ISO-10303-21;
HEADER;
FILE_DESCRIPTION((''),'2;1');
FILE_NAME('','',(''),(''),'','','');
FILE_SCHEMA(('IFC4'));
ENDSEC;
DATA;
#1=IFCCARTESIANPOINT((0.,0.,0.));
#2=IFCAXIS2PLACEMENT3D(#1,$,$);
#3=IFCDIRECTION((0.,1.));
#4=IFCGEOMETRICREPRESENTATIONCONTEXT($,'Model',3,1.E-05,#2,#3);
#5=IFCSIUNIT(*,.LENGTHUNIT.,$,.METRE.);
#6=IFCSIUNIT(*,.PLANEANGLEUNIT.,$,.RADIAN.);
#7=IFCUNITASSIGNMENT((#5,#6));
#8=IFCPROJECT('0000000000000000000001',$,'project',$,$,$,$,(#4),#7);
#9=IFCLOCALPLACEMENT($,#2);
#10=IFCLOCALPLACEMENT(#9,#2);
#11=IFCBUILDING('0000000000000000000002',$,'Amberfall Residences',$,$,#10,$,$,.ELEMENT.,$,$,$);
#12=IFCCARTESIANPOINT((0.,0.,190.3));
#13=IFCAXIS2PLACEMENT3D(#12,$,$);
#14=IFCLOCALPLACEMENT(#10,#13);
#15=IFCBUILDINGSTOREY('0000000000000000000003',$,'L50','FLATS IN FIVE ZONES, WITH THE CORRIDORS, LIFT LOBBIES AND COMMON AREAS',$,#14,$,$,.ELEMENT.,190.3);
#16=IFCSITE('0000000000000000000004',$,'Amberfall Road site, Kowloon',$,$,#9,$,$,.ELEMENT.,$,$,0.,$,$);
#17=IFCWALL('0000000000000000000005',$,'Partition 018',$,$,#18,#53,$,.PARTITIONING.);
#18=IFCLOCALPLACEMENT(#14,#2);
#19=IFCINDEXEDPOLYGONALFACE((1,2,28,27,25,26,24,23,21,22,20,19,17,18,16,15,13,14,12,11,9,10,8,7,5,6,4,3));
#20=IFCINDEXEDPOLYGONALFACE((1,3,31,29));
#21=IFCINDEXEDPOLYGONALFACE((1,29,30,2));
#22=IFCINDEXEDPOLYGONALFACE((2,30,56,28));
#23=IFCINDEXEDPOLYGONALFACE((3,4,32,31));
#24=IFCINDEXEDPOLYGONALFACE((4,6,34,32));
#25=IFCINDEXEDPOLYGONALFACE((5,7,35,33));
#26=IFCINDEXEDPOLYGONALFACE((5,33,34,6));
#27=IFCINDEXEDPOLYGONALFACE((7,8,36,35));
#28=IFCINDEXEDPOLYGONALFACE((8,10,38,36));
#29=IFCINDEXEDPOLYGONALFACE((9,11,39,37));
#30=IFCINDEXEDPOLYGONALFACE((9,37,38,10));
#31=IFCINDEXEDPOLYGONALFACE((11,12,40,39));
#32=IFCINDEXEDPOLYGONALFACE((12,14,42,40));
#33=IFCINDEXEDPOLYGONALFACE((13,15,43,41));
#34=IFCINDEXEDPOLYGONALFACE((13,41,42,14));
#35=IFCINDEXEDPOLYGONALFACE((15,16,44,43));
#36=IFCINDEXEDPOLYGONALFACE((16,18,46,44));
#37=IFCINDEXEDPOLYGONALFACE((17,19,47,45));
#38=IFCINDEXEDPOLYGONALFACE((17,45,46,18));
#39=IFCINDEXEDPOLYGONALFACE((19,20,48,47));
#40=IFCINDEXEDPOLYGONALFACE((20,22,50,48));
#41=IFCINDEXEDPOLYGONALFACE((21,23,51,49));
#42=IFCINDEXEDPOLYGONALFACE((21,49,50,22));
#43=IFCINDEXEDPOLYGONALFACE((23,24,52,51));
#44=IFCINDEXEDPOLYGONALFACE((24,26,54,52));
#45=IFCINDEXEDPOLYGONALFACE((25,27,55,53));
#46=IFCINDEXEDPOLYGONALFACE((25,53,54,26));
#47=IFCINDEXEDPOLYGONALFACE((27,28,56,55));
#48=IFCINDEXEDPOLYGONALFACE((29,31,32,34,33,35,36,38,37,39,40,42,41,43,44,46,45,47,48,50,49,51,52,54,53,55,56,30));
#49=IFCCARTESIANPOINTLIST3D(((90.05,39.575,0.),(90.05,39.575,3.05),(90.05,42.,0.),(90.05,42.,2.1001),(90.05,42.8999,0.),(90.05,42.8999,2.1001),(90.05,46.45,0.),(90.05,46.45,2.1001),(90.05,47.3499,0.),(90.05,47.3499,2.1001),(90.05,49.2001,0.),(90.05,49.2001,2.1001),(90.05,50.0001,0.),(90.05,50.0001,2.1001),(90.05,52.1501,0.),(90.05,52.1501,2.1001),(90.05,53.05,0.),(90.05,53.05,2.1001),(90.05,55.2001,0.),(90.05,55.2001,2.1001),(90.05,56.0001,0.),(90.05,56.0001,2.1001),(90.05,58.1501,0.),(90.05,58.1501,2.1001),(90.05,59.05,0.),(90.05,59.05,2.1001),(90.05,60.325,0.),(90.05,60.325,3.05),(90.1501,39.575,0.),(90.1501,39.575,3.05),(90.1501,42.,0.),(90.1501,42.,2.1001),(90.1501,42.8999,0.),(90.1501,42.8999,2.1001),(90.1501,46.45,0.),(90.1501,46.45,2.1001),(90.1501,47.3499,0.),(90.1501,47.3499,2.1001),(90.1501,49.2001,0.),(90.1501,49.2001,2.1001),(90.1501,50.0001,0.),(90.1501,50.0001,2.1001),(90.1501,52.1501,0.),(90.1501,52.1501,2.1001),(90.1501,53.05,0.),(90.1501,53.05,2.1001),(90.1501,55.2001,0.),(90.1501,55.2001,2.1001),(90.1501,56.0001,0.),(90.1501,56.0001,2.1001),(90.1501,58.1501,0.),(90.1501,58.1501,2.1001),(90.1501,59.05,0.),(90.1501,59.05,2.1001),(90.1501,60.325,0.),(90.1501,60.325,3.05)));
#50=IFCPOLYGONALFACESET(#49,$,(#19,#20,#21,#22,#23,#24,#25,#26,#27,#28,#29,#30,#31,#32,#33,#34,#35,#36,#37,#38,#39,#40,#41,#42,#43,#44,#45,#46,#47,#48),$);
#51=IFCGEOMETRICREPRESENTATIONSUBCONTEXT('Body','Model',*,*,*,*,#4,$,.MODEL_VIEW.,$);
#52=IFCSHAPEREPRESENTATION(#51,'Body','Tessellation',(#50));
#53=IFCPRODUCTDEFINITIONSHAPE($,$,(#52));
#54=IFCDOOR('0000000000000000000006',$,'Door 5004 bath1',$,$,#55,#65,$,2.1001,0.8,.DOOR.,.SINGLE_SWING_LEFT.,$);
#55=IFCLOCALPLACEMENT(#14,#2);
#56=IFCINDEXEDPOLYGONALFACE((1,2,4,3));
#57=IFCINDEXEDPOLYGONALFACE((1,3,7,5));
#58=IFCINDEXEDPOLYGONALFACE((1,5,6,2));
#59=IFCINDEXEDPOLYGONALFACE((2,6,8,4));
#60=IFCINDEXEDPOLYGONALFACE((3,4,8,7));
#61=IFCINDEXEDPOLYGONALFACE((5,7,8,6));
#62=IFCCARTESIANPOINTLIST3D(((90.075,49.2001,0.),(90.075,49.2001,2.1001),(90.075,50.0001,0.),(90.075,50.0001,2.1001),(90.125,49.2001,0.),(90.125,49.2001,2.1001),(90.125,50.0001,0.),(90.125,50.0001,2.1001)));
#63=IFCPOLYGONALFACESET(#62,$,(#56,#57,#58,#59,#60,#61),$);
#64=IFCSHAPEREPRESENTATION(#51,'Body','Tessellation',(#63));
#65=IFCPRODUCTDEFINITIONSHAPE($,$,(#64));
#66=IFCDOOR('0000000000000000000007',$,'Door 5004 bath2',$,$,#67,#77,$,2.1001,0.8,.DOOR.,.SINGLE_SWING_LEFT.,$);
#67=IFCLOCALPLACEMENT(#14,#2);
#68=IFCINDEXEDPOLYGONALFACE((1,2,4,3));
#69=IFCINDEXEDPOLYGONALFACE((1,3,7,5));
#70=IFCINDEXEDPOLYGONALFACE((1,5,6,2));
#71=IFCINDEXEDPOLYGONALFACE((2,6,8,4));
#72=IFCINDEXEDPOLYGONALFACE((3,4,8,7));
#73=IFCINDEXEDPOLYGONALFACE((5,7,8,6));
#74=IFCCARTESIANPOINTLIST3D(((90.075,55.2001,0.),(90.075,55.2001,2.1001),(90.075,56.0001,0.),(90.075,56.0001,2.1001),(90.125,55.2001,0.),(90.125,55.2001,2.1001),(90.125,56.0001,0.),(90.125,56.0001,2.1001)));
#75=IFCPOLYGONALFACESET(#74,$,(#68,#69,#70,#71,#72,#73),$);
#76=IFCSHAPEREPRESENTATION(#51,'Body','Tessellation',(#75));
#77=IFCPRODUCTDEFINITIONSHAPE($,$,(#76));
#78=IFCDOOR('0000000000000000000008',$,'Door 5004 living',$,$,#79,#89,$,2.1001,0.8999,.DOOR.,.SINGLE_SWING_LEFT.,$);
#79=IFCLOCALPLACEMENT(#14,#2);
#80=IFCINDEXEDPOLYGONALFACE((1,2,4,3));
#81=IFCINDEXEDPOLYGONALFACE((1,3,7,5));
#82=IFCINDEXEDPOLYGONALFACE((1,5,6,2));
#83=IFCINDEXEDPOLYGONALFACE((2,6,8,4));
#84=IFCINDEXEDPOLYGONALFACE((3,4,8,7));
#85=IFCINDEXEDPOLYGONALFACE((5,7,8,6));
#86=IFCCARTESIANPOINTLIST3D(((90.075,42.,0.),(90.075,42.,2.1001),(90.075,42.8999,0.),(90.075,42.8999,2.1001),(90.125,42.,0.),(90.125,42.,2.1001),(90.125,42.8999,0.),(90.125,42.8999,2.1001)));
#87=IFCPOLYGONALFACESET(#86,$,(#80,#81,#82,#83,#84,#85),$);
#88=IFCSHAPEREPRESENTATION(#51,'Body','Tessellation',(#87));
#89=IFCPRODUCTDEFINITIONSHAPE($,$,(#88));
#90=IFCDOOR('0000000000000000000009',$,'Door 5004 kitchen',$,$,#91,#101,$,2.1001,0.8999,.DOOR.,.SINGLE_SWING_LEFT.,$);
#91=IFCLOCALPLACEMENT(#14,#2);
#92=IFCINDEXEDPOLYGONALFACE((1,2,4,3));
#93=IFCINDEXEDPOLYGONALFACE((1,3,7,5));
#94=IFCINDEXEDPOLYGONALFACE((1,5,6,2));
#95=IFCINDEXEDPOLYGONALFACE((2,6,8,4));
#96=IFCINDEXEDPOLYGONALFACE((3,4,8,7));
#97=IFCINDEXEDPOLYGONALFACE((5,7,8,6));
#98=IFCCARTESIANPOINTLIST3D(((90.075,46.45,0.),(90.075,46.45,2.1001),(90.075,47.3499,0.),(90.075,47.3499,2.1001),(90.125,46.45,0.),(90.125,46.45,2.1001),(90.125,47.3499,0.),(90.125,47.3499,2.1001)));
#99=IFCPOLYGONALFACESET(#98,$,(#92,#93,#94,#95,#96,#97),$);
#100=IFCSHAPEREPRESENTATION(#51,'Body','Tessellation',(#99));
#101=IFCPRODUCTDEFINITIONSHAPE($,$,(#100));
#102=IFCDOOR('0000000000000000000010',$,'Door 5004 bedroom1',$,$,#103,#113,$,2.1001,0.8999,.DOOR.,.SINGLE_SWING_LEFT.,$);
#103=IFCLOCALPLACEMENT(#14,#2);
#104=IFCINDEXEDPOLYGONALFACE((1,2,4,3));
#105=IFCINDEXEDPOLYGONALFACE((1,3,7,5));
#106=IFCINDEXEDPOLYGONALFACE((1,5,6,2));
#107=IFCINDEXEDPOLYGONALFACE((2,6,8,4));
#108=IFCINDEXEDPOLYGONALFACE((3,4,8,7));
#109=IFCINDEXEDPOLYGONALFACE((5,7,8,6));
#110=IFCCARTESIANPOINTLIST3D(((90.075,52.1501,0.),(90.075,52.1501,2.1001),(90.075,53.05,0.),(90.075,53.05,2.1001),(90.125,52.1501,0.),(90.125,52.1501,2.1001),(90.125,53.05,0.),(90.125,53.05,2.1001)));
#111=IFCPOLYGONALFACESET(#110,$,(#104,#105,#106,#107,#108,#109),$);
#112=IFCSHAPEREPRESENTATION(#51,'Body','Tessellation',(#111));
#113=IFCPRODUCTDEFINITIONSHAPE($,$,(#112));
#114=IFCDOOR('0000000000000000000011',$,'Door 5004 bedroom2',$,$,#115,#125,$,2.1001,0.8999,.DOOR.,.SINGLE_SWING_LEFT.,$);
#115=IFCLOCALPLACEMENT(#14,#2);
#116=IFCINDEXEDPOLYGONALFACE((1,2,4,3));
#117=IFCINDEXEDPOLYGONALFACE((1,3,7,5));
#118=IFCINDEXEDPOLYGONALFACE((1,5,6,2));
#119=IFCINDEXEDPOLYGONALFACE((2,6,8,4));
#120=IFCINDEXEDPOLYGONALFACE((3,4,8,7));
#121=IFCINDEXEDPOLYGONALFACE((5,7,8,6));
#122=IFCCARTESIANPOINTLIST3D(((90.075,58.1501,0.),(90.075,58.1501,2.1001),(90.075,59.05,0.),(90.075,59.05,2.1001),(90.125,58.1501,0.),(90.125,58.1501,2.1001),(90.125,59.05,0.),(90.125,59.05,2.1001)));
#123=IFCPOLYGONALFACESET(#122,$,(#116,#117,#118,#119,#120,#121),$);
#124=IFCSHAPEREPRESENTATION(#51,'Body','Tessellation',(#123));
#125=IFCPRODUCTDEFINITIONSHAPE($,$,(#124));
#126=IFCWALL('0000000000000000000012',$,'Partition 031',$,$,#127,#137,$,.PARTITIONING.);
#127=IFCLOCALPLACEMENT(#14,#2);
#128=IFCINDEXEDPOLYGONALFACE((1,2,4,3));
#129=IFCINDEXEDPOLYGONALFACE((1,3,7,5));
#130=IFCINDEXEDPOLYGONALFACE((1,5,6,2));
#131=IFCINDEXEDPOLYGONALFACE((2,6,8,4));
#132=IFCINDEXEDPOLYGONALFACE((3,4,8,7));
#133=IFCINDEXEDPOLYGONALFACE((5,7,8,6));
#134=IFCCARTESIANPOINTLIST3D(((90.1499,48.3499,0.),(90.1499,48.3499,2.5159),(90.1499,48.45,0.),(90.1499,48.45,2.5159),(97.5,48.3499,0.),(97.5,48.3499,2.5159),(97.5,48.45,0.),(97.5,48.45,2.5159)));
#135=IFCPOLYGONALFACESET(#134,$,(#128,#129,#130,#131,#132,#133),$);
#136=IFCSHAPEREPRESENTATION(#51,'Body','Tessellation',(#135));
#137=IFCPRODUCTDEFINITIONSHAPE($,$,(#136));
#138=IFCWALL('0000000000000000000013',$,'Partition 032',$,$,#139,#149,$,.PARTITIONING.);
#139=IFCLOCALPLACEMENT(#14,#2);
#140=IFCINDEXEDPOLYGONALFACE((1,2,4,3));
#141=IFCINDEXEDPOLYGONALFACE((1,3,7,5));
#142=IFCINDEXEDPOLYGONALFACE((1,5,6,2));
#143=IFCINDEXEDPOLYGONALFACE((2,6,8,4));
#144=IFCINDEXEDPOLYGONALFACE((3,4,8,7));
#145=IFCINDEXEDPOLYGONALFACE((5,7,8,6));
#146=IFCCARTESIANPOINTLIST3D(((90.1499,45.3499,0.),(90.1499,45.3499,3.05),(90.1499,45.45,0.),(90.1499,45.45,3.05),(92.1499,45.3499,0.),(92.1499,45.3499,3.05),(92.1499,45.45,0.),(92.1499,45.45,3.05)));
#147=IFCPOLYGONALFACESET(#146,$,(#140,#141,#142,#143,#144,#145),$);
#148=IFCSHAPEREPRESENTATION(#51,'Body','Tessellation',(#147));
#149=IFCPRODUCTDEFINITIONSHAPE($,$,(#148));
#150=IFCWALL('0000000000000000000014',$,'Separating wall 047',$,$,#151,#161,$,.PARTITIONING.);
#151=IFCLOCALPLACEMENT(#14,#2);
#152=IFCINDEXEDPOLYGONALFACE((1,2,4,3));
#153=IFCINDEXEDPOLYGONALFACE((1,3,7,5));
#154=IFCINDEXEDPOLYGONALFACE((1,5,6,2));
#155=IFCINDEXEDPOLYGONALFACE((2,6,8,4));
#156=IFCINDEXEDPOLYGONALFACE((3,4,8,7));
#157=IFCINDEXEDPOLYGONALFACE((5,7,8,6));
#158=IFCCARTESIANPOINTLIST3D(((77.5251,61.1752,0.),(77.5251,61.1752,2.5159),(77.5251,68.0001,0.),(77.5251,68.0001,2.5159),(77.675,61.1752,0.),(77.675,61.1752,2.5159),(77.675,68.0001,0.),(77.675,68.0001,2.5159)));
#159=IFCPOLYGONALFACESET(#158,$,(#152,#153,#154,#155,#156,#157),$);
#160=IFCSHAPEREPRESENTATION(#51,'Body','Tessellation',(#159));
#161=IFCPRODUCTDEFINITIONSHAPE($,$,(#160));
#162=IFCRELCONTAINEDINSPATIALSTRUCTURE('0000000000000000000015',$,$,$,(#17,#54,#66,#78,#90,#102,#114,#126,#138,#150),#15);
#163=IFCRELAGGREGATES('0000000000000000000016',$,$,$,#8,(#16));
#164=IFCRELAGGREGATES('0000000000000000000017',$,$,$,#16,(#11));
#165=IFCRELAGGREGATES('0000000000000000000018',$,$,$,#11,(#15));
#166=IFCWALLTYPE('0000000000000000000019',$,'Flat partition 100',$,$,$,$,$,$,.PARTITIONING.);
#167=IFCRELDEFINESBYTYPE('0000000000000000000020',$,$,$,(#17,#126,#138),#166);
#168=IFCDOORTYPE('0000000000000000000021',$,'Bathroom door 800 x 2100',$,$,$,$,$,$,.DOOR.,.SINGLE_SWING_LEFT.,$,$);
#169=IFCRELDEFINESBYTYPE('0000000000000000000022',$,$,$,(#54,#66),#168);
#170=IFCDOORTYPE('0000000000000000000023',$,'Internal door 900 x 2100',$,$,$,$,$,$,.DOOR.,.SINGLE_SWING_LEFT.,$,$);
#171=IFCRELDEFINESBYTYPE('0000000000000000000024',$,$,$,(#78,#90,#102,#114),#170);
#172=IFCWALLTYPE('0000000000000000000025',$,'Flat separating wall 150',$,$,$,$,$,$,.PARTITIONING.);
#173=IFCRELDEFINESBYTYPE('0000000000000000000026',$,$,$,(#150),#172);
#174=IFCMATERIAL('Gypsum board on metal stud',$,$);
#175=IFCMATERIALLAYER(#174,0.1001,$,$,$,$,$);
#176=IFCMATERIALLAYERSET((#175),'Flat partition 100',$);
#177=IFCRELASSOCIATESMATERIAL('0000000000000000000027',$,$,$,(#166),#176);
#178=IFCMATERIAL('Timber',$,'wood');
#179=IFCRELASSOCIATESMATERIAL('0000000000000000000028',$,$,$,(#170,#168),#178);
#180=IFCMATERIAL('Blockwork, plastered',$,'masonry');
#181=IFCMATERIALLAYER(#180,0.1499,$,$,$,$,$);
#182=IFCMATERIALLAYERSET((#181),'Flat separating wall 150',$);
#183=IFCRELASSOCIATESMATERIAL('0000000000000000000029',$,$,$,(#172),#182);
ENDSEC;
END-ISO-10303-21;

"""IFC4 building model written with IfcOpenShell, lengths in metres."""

from ifc_helpers import new_model, si_unit, direction, frame, frame_2d, origin, place, context, subcontext, project, spatial, rectangle, extrude, material, layer, layer_set, type_object, element, fill, save


model = new_model("IFC4")

# Units and contexts
model_context = context("Model", 3, precision=1e-05, world=origin(), true_north=direction((0.0, 1.0)))
body_context = subcontext(model_context, "Body", "Model", "MODEL_VIEW")
ifc_project = project(units=[si_unit("LENGTHUNIT", "METRE"), si_unit("PLANEANGLEUNIT", "RADIAN")], contexts=[model_context])

# Site, building, storey
site_placement = place(None, origin())
site = spatial("IfcSite", under=ifc_project, at=site_placement, Name="Amberfall Road site, Kowloon", CompositionType="ELEMENT", RefElevation=0.0)
building_placement = place(site_placement, origin())
building = spatial("IfcBuilding", under=site, at=building_placement, Name="Amberfall Residences", CompositionType="ELEMENT")
storey_placement = place(building_placement, frame((0.0, 0.0, 190.3)))
storey = spatial("IfcBuildingStorey", under=building, at=storey_placement, Name="L50", Description="FLATS IN FIVE ZONES, WITH THE CORRIDORS, LIFT LOBBIES AND COMMON AREAS", CompositionType="ELEMENT", Elevation=190.3)

# Shared definitions
ifc_material_1 = material(Name="Gypsum board on metal stud")
ifc_layer_1 = layer(ifc_material_1, 0.1001)
ifc_layer_set_1 = layer_set([ifc_layer_1], Name="Flat partition 100")
wall_type_1 = type_object("IfcWallType", Name="Flat partition 100", PredefinedType="PARTITIONING", material=ifc_layer_set_1)

# Wall, openings, doors
ifc_material_2 = material(Name="Timber", Category="wood")
door_type_1 = type_object("IfcDoorType", Name="Internal door 900 x 2100", OperationType="SINGLE_SWING_LEFT", PredefinedType="DOOR", material=ifc_material_2)
wall_1_placement = place(storey_placement, frame((90.1001, 60.325, 0.0), z_axis=(0.0, 0.0, 1.0), x_axis=(0.0, -1.0, 0.0)))
wall_1 = element("IfcWall", 1, at=wall_1_placement, inside=storey, type_object=wall_type_1, Name="Partition 018", PredefinedType="PARTITIONING", context=body_context, shape_type="SweptSolid", body=[
    extrude(rectangle(XDim=20.75, YDim=0.1001, at=frame_2d((10.375, 0.0))), origin(), (0.0, 0.0, 1.0), 3.05),
])
opening_1_placement = place(wall_1_placement, frame((17.425, 0.0, 0.0)))
opening_1 = element("IfcOpeningElement", 2, at=opening_1_placement, cuts=wall_1, PredefinedType="OPENING", context=body_context, shape_type="SweptSolid", body=[
    extrude(rectangle(XDim=0.8999, YDim=2.1001, at=frame_2d((0.45, 1.05))), frame((0.0, 0.0601, 0.0), z_axis=(0.0, -1.0, 0.0), x_axis=(1.0, 0.0, 0.0)), (0.0, 0.0, 1.0), 0.1201),
])
opening_2_placement = place(wall_1_placement, frame((12.9751, 0.0, 0.0)))
opening_2 = element("IfcOpeningElement", 3, at=opening_2_placement, cuts=wall_1, PredefinedType="OPENING", context=body_context, shape_type="SweptSolid", body=[
    extrude(rectangle(XDim=0.8999, YDim=2.1001, at=frame_2d((0.45, 1.05))), frame((0.0, 0.0601, 0.0), z_axis=(0.0, -1.0, 0.0), x_axis=(1.0, 0.0, 0.0)), (0.0, 0.0, 1.0), 0.1201),
])
opening_3_placement = place(wall_1_placement, frame((7.2749, 0.0, 0.0)))
opening_3 = element("IfcOpeningElement", 4, at=opening_3_placement, cuts=wall_1, PredefinedType="OPENING", context=body_context, shape_type="SweptSolid", body=[
    extrude(rectangle(XDim=0.8999, YDim=2.1001, at=frame_2d((0.45, 1.05))), frame((0.0, 0.0601, 0.0), z_axis=(0.0, -1.0, 0.0), x_axis=(1.0, 0.0, 0.0)), (0.0, 0.0, 1.0), 0.1201),
])
opening_4_placement = place(wall_1_placement, frame((1.2749, 0.0, 0.0)))
opening_4 = element("IfcOpeningElement", 5, at=opening_4_placement, cuts=wall_1, PredefinedType="OPENING", context=body_context, shape_type="SweptSolid", body=[
    extrude(rectangle(XDim=0.8999, YDim=2.1001, at=frame_2d((0.45, 1.05))), frame((0.0, 0.0601, 0.0), z_axis=(0.0, -1.0, 0.0), x_axis=(1.0, 0.0, 0.0)), (0.0, 0.0, 1.0), 0.1201),
])
opening_5_placement = place(wall_1_placement, frame((10.325, 0.0, 0.0)))
opening_5 = element("IfcOpeningElement", 6, at=opening_5_placement, cuts=wall_1, PredefinedType="OPENING", context=body_context, shape_type="SweptSolid", body=[
    extrude(rectangle(XDim=0.8, YDim=2.1001, at=frame_2d((0.3999, 1.05))), frame((0.0, 0.0601, 0.0), z_axis=(0.0, -1.0, 0.0), x_axis=(1.0, 0.0, 0.0)), (0.0, 0.0, 1.0), 0.1201),
])
opening_6_placement = place(wall_1_placement, frame((4.325, 0.0, 0.0)))
opening_6 = element("IfcOpeningElement", 7, at=opening_6_placement, cuts=wall_1, PredefinedType="OPENING", context=body_context, shape_type="SweptSolid", body=[
    extrude(rectangle(XDim=0.8, YDim=2.1001, at=frame_2d((0.3999, 1.05))), frame((0.0, 0.0601, 0.0), z_axis=(0.0, -1.0, 0.0), x_axis=(1.0, 0.0, 0.0)), (0.0, 0.0, 1.0), 0.1201),
])
door_type_2 = type_object("IfcDoorType", Name="Bathroom door 800 x 2100", OperationType="SINGLE_SWING_LEFT", PredefinedType="DOOR", material=ifc_material_2)
door_1_placement = place(opening_5_placement, origin())
door_1 = element("IfcDoor", 8, at=door_1_placement, inside=storey, type_object=door_type_2, Name="Door 5004 bath1", OperationType="SINGLE_SWING_LEFT", OverallHeight=2.1001, OverallWidth=0.8, PredefinedType="DOOR", context=body_context, shape_type="SweptSolid", body=[
    extrude(rectangle(XDim=0.8, YDim=2.1001, at=frame_2d((0.3999, 1.05))), frame((0.0, 0.0249, 0.0), z_axis=(0.0, -1.0, 0.0), x_axis=(1.0, 0.0, 0.0)), (0.0, 0.0, 1.0), 0.05),
])
fill(opening_5, door_1)
door_2_placement = place(opening_6_placement, origin())
door_2 = element("IfcDoor", 9, at=door_2_placement, inside=storey, type_object=door_type_2, Name="Door 5004 bath2", OperationType="SINGLE_SWING_LEFT", OverallHeight=2.1001, OverallWidth=0.8, PredefinedType="DOOR", context=body_context, shape_type="SweptSolid", body=[
    extrude(rectangle(XDim=0.8, YDim=2.1001, at=frame_2d((0.3999, 1.05))), frame((0.0, 0.0249, 0.0), z_axis=(0.0, -1.0, 0.0), x_axis=(1.0, 0.0, 0.0)), (0.0, 0.0, 1.0), 0.05),
])
fill(opening_6, door_2)
door_3_placement = place(opening_1_placement, origin())
door_3 = element("IfcDoor", 10, at=door_3_placement, inside=storey, type_object=door_type_1, Name="Door 5004 living", OperationType="SINGLE_SWING_LEFT", OverallHeight=2.1001, OverallWidth=0.8999, PredefinedType="DOOR", context=body_context, shape_type="SweptSolid", body=[
    extrude(rectangle(XDim=0.8999, YDim=2.1001, at=frame_2d((0.45, 1.05))), frame((0.0, 0.0249, 0.0), z_axis=(0.0, -1.0, 0.0), x_axis=(1.0, 0.0, 0.0)), (0.0, 0.0, 1.0), 0.05),
])
fill(opening_1, door_3)
door_4_placement = place(opening_2_placement, origin())
door_4 = element("IfcDoor", 11, at=door_4_placement, inside=storey, type_object=door_type_1, Name="Door 5004 kitchen", OperationType="SINGLE_SWING_LEFT", OverallHeight=2.1001, OverallWidth=0.8999, PredefinedType="DOOR", context=body_context, shape_type="SweptSolid", body=[
    extrude(rectangle(XDim=0.8999, YDim=2.1001, at=frame_2d((0.45, 1.05))), frame((0.0, 0.0249, 0.0), z_axis=(0.0, -1.0, 0.0), x_axis=(1.0, 0.0, 0.0)), (0.0, 0.0, 1.0), 0.05),
])
fill(opening_2, door_4)
door_5_placement = place(opening_3_placement, origin())
door_5 = element("IfcDoor", 12, at=door_5_placement, inside=storey, type_object=door_type_1, Name="Door 5004 bedroom1", OperationType="SINGLE_SWING_LEFT", OverallHeight=2.1001, OverallWidth=0.8999, PredefinedType="DOOR", context=body_context, shape_type="SweptSolid", body=[
    extrude(rectangle(XDim=0.8999, YDim=2.1001, at=frame_2d((0.45, 1.05))), frame((0.0, 0.0249, 0.0), z_axis=(0.0, -1.0, 0.0), x_axis=(1.0, 0.0, 0.0)), (0.0, 0.0, 1.0), 0.05),
])
fill(opening_3, door_5)
door_6_placement = place(opening_4_placement, origin())
door_6 = element("IfcDoor", 13, at=door_6_placement, inside=storey, type_object=door_type_1, Name="Door 5004 bedroom2", OperationType="SINGLE_SWING_LEFT", OverallHeight=2.1001, OverallWidth=0.8999, PredefinedType="DOOR", context=body_context, shape_type="SweptSolid", body=[
    extrude(rectangle(XDim=0.8999, YDim=2.1001, at=frame_2d((0.45, 1.05))), frame((0.0, 0.0249, 0.0), z_axis=(0.0, -1.0, 0.0), x_axis=(1.0, 0.0, 0.0)), (0.0, 0.0, 1.0), 0.05),
])
fill(opening_4, door_6)

# Walls
wall_2_placement = place(storey_placement, frame((90.1499, 48.3999, 0.0), z_axis=(0.0, 0.0, 1.0), x_axis=(1.0, 0.0, 0.0)))
element("IfcWall", 14, at=wall_2_placement, inside=storey, type_object=wall_type_1, Name="Partition 031", PredefinedType="PARTITIONING", context=body_context, shape_type="SweptSolid", body=[
    extrude(rectangle(XDim=7.3501, YDim=0.1001, at=frame_2d((3.675, 0.0))), origin(), (0.0, 0.0, 1.0), 2.5159),
])
wall_3_placement = place(storey_placement, frame((90.1499, 45.3999, 0.0), z_axis=(0.0, 0.0, 1.0), x_axis=(1.0, 0.0, 0.0)))
element("IfcWall", 15, at=wall_3_placement, inside=storey, type_object=wall_type_1, Name="Partition 032", PredefinedType="PARTITIONING", context=body_context, shape_type="SweptSolid", body=[
    extrude(rectangle(XDim=2.0, YDim=0.1001, at=frame_2d((1.0, 0.0))), origin(), (0.0, 0.0, 1.0), 3.05),
])
ifc_material_3 = material(Name="Blockwork, plastered", Category="masonry")
ifc_layer_2 = layer(ifc_material_3, 0.1499)
ifc_layer_set_2 = layer_set([ifc_layer_2], Name="Flat separating wall 150")
wall_type_2 = type_object("IfcWallType", Name="Flat separating wall 150", PredefinedType="PARTITIONING", material=ifc_layer_set_2)
wall_4_placement = place(storey_placement, frame((77.6001, 61.175, 0.0), z_axis=(0.0, 0.0, 1.0), x_axis=(0.0, 1.0, 0.0)))
element("IfcWall", 16, at=wall_4_placement, inside=storey, type_object=wall_type_2, Name="Separating wall 047", PredefinedType="PARTITIONING", context=body_context, shape_type="SweptSolid", body=[
    extrude(rectangle(XDim=6.825, YDim=0.1499, at=frame_2d((3.4126, 0.0))), origin(), (0.0, 0.0, 1.0), 2.5159),
])

save(model, "model.ifc")
